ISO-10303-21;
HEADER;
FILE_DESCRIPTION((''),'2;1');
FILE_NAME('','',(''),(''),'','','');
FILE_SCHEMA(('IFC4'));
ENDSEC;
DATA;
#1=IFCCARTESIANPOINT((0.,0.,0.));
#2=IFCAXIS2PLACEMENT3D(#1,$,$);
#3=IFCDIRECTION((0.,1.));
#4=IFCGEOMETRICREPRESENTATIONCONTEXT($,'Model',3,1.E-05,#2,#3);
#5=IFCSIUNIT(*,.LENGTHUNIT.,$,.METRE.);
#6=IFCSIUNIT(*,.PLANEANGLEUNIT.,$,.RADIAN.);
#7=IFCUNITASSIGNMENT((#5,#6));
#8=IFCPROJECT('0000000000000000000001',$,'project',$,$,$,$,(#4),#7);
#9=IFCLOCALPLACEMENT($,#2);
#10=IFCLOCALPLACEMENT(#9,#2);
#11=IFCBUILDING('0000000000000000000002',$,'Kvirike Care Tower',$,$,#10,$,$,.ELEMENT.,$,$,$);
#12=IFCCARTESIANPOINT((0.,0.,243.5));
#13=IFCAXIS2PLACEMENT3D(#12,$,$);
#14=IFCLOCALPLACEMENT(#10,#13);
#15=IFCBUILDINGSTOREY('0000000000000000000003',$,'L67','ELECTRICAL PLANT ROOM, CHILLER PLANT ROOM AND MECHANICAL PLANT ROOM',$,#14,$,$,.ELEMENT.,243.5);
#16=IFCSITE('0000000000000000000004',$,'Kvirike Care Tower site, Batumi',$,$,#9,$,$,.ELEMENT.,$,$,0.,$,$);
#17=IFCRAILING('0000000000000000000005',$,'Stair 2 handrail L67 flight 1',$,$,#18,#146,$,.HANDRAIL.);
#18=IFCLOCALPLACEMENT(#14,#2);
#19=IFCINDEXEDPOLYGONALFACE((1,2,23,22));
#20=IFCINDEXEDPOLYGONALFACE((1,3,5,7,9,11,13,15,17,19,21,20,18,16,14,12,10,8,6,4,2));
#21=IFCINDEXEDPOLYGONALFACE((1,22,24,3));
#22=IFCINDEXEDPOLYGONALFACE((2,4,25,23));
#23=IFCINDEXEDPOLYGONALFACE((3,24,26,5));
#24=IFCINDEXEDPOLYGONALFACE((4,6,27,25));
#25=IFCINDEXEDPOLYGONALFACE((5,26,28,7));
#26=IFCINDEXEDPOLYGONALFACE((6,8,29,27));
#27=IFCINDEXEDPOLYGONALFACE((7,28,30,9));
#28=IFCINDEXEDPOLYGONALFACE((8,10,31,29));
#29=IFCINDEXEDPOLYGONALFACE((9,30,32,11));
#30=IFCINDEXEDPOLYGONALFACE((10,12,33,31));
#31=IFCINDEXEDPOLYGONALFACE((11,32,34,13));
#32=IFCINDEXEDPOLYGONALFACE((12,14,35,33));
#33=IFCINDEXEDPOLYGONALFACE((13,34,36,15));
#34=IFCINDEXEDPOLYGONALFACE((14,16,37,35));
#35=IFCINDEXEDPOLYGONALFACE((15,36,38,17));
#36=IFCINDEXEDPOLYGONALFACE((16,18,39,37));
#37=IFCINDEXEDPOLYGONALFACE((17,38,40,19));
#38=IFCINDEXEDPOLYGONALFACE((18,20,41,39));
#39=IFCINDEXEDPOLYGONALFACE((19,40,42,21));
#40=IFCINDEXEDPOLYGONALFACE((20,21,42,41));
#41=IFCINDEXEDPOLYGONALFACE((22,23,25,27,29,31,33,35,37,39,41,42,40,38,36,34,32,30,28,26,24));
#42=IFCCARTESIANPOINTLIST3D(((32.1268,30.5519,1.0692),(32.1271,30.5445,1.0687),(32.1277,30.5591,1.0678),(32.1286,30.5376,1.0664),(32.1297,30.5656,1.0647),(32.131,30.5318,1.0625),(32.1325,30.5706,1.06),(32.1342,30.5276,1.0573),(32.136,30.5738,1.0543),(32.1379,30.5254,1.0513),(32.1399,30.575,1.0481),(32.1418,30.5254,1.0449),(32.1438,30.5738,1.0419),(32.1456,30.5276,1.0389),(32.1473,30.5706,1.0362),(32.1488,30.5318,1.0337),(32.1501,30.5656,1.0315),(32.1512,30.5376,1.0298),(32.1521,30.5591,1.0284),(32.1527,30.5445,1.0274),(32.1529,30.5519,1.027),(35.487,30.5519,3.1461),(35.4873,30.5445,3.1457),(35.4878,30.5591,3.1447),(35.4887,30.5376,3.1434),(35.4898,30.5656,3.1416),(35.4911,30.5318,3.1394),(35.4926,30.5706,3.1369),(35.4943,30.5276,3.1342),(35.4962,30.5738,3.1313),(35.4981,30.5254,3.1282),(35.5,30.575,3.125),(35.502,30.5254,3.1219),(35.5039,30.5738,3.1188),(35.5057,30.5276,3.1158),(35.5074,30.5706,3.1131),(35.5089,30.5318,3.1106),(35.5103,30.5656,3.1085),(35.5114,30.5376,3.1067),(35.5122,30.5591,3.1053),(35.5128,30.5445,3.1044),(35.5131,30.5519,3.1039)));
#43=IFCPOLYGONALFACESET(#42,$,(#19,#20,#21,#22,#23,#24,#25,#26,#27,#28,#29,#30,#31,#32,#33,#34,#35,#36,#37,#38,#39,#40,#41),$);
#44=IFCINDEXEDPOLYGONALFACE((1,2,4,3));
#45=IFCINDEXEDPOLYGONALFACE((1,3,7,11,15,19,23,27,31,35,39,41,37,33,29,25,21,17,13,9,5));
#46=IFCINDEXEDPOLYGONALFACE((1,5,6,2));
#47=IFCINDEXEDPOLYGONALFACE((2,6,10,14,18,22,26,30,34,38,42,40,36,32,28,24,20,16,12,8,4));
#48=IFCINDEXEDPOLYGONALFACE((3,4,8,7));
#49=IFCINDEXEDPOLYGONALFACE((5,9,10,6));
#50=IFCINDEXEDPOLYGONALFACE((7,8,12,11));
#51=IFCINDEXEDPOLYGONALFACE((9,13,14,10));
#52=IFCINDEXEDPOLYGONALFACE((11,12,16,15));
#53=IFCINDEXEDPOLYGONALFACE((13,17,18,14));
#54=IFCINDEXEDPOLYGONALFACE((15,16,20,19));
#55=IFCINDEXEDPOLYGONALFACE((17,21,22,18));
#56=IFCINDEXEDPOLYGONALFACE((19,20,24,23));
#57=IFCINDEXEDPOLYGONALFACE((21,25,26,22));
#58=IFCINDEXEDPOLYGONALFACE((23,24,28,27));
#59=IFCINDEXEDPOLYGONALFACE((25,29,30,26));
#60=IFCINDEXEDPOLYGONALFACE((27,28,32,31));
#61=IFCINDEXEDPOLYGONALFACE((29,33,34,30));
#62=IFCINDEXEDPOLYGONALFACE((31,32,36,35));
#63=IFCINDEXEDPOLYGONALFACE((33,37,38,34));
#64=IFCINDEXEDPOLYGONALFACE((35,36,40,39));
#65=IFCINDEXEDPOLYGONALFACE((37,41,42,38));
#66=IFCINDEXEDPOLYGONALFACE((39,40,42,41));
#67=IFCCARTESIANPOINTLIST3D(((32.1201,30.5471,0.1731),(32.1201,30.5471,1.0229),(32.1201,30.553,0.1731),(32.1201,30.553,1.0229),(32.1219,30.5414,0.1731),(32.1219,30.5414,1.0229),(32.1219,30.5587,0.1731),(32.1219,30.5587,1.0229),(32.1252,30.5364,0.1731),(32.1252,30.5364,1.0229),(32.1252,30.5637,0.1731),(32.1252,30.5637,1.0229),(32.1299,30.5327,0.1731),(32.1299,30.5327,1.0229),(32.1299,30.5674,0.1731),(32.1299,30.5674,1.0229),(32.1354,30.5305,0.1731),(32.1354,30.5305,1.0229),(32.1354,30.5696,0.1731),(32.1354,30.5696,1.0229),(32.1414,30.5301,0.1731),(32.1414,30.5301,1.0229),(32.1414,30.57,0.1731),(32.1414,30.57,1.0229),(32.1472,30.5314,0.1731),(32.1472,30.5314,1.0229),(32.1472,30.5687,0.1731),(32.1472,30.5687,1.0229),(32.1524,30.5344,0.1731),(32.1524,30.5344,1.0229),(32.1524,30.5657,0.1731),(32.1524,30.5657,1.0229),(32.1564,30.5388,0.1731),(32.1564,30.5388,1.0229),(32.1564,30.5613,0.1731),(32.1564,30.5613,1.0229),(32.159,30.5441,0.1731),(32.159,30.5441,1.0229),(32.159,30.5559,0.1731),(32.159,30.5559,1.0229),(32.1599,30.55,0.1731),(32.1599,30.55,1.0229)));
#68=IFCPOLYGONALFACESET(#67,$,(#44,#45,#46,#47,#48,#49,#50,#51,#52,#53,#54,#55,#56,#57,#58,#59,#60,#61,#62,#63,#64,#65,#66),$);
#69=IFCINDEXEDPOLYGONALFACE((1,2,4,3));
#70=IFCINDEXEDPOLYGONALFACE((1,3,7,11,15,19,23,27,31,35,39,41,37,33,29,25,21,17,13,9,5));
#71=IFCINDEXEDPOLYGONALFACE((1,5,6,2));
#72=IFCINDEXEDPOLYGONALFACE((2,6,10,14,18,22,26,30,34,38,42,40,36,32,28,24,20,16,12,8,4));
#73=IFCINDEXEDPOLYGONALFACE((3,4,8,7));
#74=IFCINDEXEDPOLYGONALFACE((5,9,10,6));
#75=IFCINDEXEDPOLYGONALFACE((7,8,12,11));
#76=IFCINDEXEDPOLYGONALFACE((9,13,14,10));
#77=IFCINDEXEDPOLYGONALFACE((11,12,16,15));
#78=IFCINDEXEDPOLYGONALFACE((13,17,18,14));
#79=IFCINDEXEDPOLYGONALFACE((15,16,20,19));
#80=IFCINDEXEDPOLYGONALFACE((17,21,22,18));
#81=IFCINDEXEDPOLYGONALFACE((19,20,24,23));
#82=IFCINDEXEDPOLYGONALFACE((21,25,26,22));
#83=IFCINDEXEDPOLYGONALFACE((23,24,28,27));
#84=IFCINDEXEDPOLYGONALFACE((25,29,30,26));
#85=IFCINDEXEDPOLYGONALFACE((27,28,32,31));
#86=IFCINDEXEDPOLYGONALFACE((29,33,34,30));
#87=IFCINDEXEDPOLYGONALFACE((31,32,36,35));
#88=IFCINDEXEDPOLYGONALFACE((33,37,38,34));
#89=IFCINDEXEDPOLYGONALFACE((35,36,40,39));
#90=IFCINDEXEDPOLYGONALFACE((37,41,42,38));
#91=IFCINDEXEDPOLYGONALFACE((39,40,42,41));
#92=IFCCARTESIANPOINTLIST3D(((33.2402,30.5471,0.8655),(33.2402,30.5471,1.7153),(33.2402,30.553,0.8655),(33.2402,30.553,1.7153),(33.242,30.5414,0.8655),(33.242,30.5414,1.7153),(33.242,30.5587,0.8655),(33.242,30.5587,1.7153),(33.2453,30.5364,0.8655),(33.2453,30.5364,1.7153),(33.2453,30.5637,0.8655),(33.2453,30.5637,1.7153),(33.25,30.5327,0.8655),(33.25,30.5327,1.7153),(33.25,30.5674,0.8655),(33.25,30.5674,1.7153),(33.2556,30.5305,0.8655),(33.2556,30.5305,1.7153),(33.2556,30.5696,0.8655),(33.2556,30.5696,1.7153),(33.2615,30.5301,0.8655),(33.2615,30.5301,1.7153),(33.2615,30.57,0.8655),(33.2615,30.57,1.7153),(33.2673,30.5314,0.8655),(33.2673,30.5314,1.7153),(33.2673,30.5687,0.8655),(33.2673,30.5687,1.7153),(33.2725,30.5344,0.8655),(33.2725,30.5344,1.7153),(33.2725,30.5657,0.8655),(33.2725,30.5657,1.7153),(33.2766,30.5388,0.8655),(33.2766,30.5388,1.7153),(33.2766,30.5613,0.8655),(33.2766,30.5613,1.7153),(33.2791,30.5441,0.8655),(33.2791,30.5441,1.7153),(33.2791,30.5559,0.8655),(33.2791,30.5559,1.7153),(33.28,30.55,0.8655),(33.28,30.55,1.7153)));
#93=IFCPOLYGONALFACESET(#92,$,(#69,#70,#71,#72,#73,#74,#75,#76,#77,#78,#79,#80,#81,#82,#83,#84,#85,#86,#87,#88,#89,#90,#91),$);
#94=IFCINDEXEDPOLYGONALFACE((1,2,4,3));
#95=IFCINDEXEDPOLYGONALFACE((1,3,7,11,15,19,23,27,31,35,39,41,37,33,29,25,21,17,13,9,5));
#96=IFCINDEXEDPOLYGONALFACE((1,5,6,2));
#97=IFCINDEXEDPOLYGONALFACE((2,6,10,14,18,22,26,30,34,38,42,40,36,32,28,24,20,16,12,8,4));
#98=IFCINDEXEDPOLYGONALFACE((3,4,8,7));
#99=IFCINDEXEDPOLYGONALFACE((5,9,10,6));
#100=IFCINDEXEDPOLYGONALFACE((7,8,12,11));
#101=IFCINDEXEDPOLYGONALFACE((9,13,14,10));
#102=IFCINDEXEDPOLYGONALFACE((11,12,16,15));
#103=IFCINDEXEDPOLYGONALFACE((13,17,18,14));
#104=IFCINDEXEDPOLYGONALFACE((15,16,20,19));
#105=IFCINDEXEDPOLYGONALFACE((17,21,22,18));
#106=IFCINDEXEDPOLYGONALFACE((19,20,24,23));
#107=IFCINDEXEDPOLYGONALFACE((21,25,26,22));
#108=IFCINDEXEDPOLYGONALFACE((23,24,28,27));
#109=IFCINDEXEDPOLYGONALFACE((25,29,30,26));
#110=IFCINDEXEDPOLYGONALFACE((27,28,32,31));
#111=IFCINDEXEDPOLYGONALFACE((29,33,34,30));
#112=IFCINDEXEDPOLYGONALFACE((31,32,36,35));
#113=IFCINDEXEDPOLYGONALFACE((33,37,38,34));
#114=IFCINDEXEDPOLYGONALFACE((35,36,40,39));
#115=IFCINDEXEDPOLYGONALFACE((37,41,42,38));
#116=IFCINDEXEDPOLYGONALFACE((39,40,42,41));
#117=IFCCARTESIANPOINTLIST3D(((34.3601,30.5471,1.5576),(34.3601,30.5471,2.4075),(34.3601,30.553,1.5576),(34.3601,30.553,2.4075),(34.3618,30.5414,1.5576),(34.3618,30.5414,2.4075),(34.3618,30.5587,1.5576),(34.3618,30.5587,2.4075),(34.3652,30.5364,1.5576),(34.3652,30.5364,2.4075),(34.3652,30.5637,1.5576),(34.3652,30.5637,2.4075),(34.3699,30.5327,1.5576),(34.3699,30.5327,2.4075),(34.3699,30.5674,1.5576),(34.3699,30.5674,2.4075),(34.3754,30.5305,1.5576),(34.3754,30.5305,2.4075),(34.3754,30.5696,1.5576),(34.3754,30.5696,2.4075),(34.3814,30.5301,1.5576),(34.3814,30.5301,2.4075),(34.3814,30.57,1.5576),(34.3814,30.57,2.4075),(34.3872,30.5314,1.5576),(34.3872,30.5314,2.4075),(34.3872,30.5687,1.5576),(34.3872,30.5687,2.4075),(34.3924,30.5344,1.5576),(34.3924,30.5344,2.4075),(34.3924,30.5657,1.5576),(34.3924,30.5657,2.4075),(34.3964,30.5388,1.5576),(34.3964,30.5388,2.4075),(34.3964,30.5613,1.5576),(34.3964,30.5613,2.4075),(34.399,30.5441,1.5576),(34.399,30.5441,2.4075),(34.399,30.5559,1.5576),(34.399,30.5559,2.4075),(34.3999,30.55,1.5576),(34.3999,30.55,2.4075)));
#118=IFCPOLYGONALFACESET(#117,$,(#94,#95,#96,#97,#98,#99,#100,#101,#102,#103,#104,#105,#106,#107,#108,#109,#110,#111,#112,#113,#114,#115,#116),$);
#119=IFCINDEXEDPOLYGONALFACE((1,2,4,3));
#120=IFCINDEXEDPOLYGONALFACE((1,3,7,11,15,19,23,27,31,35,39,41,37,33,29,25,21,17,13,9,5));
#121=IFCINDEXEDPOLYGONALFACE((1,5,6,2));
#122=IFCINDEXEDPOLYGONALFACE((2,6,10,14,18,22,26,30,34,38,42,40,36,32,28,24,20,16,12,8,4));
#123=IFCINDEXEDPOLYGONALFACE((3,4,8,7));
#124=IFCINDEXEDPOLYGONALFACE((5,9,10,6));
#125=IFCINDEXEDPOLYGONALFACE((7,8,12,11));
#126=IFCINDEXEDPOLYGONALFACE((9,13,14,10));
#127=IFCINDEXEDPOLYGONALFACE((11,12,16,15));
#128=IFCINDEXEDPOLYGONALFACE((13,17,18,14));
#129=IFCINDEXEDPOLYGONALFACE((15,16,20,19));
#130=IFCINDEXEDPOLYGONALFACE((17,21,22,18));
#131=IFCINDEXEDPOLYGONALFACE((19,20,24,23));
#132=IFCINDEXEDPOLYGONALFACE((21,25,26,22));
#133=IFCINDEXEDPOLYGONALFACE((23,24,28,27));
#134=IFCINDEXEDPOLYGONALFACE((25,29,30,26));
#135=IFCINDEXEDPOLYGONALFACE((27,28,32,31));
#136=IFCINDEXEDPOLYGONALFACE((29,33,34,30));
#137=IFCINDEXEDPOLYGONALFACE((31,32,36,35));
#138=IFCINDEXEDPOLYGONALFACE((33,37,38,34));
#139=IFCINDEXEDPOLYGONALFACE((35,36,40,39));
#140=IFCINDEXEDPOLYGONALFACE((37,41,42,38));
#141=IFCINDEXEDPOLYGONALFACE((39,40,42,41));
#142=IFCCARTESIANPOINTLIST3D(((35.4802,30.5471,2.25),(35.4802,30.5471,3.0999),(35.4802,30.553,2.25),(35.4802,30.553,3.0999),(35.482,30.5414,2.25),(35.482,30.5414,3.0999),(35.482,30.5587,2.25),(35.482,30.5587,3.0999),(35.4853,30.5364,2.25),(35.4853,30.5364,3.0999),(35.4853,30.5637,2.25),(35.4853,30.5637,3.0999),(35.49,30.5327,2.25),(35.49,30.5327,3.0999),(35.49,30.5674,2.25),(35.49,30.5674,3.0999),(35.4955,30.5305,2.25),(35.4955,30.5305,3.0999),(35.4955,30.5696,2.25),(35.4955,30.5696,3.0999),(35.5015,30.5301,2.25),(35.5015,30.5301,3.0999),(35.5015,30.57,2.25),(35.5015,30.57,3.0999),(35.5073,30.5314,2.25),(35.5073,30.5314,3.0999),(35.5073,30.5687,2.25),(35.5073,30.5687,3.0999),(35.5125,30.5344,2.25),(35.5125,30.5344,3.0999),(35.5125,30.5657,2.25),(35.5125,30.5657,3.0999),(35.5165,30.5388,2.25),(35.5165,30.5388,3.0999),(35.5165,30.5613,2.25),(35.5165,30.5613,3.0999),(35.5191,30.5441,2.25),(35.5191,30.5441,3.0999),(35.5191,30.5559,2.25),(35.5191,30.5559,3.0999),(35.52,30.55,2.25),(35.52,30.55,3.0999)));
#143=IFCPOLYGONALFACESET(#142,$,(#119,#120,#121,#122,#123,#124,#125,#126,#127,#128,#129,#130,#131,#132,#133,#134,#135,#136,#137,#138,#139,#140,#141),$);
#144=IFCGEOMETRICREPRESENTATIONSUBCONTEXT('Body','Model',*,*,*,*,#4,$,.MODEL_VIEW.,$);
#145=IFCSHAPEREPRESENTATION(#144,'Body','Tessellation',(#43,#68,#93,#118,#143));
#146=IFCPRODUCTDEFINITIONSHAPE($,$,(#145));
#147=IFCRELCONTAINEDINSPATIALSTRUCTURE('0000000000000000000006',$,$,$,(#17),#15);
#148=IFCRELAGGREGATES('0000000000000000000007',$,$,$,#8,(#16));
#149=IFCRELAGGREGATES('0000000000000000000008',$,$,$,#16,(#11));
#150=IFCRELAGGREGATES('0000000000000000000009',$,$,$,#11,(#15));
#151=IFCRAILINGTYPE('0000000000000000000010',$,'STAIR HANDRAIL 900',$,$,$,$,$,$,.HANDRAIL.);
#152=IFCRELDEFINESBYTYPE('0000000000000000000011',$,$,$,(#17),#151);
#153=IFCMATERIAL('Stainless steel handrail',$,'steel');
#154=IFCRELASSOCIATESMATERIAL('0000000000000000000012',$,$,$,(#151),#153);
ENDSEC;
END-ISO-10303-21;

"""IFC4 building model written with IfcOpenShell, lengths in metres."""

from ifc_helpers import new_model, si_unit, direction, frame, origin, origin_2d, place, context, subcontext, project, spatial, circle, extrude, material, type_object, element, save


model = new_model("IFC4")

# Units and contexts
model_context = context("Model", 3, precision=1e-05, world=origin(), true_north=direction((0.0, 1.0)))
body_context = subcontext(model_context, "Body", "Model", "MODEL_VIEW")
ifc_project = project(units=[si_unit("LENGTHUNIT", "METRE"), si_unit("PLANEANGLEUNIT", "RADIAN")], contexts=[model_context])

# Site, building, storey
site_placement = place(None, origin())
site = spatial("IfcSite", under=ifc_project, at=site_placement, Name="Kvirike Care Tower site, Batumi", CompositionType="ELEMENT", RefElevation=0.0)
building_placement = place(site_placement, origin())
building = spatial("IfcBuilding", under=site, at=building_placement, Name="Kvirike Care Tower", CompositionType="ELEMENT")
storey_placement = place(building_placement, frame((0.0, 0.0, 243.5)))
storey = spatial("IfcBuildingStorey", under=building, at=storey_placement, Name="L67", Description="ELECTRICAL PLANT ROOM, CHILLER PLANT ROOM AND MECHANICAL PLANT ROOM", CompositionType="ELEMENT", Elevation=243.5)

# Railing
ifc_material_1 = material(Name="Stainless steel handrail", Category="steel")
railing_type = type_object("IfcRailingType", Name="STAIR HANDRAIL 900", PredefinedType="HANDRAIL", material=ifc_material_1)
railing_placement = place(storey_placement, frame((32.1399, 30.55, 0.1731)))
element("IfcRailing", 1, at=railing_placement, inside=storey, type_object=railing_type, Name="Stair 2 handrail L67 flight 1", PredefinedType="HANDRAIL", context=body_context, shape_type="SweptSolid", body=[
    extrude(circle(Radius=0.0249, at=origin_2d()), frame((0.0, 0.0, 0.875), z_axis=(0.850623, 0.0, 0.525776), x_axis=(0.0, 1.0, 0.0)), (0.0, 0.0, 1.0), 3.9502),
    extrude(circle(Radius=0.02, at=origin_2d()), origin(), (0.0, 0.0, 1.0), 0.8499),
    extrude(circle(Radius=0.02, at=origin_2d()), frame((1.1201, 0.0, 0.6924)), (0.0, 0.0, 1.0), 0.8499),
    extrude(circle(Radius=0.02, at=origin_2d()), frame((2.24, 0.0, 1.3845)), (0.0, 0.0, 1.0), 0.8499),
    extrude(circle(Radius=0.02, at=origin_2d()), frame((3.3601, 0.0, 2.0769)), (0.0, 0.0, 1.0), 0.8499),
])

save(model, "model.ifc")
